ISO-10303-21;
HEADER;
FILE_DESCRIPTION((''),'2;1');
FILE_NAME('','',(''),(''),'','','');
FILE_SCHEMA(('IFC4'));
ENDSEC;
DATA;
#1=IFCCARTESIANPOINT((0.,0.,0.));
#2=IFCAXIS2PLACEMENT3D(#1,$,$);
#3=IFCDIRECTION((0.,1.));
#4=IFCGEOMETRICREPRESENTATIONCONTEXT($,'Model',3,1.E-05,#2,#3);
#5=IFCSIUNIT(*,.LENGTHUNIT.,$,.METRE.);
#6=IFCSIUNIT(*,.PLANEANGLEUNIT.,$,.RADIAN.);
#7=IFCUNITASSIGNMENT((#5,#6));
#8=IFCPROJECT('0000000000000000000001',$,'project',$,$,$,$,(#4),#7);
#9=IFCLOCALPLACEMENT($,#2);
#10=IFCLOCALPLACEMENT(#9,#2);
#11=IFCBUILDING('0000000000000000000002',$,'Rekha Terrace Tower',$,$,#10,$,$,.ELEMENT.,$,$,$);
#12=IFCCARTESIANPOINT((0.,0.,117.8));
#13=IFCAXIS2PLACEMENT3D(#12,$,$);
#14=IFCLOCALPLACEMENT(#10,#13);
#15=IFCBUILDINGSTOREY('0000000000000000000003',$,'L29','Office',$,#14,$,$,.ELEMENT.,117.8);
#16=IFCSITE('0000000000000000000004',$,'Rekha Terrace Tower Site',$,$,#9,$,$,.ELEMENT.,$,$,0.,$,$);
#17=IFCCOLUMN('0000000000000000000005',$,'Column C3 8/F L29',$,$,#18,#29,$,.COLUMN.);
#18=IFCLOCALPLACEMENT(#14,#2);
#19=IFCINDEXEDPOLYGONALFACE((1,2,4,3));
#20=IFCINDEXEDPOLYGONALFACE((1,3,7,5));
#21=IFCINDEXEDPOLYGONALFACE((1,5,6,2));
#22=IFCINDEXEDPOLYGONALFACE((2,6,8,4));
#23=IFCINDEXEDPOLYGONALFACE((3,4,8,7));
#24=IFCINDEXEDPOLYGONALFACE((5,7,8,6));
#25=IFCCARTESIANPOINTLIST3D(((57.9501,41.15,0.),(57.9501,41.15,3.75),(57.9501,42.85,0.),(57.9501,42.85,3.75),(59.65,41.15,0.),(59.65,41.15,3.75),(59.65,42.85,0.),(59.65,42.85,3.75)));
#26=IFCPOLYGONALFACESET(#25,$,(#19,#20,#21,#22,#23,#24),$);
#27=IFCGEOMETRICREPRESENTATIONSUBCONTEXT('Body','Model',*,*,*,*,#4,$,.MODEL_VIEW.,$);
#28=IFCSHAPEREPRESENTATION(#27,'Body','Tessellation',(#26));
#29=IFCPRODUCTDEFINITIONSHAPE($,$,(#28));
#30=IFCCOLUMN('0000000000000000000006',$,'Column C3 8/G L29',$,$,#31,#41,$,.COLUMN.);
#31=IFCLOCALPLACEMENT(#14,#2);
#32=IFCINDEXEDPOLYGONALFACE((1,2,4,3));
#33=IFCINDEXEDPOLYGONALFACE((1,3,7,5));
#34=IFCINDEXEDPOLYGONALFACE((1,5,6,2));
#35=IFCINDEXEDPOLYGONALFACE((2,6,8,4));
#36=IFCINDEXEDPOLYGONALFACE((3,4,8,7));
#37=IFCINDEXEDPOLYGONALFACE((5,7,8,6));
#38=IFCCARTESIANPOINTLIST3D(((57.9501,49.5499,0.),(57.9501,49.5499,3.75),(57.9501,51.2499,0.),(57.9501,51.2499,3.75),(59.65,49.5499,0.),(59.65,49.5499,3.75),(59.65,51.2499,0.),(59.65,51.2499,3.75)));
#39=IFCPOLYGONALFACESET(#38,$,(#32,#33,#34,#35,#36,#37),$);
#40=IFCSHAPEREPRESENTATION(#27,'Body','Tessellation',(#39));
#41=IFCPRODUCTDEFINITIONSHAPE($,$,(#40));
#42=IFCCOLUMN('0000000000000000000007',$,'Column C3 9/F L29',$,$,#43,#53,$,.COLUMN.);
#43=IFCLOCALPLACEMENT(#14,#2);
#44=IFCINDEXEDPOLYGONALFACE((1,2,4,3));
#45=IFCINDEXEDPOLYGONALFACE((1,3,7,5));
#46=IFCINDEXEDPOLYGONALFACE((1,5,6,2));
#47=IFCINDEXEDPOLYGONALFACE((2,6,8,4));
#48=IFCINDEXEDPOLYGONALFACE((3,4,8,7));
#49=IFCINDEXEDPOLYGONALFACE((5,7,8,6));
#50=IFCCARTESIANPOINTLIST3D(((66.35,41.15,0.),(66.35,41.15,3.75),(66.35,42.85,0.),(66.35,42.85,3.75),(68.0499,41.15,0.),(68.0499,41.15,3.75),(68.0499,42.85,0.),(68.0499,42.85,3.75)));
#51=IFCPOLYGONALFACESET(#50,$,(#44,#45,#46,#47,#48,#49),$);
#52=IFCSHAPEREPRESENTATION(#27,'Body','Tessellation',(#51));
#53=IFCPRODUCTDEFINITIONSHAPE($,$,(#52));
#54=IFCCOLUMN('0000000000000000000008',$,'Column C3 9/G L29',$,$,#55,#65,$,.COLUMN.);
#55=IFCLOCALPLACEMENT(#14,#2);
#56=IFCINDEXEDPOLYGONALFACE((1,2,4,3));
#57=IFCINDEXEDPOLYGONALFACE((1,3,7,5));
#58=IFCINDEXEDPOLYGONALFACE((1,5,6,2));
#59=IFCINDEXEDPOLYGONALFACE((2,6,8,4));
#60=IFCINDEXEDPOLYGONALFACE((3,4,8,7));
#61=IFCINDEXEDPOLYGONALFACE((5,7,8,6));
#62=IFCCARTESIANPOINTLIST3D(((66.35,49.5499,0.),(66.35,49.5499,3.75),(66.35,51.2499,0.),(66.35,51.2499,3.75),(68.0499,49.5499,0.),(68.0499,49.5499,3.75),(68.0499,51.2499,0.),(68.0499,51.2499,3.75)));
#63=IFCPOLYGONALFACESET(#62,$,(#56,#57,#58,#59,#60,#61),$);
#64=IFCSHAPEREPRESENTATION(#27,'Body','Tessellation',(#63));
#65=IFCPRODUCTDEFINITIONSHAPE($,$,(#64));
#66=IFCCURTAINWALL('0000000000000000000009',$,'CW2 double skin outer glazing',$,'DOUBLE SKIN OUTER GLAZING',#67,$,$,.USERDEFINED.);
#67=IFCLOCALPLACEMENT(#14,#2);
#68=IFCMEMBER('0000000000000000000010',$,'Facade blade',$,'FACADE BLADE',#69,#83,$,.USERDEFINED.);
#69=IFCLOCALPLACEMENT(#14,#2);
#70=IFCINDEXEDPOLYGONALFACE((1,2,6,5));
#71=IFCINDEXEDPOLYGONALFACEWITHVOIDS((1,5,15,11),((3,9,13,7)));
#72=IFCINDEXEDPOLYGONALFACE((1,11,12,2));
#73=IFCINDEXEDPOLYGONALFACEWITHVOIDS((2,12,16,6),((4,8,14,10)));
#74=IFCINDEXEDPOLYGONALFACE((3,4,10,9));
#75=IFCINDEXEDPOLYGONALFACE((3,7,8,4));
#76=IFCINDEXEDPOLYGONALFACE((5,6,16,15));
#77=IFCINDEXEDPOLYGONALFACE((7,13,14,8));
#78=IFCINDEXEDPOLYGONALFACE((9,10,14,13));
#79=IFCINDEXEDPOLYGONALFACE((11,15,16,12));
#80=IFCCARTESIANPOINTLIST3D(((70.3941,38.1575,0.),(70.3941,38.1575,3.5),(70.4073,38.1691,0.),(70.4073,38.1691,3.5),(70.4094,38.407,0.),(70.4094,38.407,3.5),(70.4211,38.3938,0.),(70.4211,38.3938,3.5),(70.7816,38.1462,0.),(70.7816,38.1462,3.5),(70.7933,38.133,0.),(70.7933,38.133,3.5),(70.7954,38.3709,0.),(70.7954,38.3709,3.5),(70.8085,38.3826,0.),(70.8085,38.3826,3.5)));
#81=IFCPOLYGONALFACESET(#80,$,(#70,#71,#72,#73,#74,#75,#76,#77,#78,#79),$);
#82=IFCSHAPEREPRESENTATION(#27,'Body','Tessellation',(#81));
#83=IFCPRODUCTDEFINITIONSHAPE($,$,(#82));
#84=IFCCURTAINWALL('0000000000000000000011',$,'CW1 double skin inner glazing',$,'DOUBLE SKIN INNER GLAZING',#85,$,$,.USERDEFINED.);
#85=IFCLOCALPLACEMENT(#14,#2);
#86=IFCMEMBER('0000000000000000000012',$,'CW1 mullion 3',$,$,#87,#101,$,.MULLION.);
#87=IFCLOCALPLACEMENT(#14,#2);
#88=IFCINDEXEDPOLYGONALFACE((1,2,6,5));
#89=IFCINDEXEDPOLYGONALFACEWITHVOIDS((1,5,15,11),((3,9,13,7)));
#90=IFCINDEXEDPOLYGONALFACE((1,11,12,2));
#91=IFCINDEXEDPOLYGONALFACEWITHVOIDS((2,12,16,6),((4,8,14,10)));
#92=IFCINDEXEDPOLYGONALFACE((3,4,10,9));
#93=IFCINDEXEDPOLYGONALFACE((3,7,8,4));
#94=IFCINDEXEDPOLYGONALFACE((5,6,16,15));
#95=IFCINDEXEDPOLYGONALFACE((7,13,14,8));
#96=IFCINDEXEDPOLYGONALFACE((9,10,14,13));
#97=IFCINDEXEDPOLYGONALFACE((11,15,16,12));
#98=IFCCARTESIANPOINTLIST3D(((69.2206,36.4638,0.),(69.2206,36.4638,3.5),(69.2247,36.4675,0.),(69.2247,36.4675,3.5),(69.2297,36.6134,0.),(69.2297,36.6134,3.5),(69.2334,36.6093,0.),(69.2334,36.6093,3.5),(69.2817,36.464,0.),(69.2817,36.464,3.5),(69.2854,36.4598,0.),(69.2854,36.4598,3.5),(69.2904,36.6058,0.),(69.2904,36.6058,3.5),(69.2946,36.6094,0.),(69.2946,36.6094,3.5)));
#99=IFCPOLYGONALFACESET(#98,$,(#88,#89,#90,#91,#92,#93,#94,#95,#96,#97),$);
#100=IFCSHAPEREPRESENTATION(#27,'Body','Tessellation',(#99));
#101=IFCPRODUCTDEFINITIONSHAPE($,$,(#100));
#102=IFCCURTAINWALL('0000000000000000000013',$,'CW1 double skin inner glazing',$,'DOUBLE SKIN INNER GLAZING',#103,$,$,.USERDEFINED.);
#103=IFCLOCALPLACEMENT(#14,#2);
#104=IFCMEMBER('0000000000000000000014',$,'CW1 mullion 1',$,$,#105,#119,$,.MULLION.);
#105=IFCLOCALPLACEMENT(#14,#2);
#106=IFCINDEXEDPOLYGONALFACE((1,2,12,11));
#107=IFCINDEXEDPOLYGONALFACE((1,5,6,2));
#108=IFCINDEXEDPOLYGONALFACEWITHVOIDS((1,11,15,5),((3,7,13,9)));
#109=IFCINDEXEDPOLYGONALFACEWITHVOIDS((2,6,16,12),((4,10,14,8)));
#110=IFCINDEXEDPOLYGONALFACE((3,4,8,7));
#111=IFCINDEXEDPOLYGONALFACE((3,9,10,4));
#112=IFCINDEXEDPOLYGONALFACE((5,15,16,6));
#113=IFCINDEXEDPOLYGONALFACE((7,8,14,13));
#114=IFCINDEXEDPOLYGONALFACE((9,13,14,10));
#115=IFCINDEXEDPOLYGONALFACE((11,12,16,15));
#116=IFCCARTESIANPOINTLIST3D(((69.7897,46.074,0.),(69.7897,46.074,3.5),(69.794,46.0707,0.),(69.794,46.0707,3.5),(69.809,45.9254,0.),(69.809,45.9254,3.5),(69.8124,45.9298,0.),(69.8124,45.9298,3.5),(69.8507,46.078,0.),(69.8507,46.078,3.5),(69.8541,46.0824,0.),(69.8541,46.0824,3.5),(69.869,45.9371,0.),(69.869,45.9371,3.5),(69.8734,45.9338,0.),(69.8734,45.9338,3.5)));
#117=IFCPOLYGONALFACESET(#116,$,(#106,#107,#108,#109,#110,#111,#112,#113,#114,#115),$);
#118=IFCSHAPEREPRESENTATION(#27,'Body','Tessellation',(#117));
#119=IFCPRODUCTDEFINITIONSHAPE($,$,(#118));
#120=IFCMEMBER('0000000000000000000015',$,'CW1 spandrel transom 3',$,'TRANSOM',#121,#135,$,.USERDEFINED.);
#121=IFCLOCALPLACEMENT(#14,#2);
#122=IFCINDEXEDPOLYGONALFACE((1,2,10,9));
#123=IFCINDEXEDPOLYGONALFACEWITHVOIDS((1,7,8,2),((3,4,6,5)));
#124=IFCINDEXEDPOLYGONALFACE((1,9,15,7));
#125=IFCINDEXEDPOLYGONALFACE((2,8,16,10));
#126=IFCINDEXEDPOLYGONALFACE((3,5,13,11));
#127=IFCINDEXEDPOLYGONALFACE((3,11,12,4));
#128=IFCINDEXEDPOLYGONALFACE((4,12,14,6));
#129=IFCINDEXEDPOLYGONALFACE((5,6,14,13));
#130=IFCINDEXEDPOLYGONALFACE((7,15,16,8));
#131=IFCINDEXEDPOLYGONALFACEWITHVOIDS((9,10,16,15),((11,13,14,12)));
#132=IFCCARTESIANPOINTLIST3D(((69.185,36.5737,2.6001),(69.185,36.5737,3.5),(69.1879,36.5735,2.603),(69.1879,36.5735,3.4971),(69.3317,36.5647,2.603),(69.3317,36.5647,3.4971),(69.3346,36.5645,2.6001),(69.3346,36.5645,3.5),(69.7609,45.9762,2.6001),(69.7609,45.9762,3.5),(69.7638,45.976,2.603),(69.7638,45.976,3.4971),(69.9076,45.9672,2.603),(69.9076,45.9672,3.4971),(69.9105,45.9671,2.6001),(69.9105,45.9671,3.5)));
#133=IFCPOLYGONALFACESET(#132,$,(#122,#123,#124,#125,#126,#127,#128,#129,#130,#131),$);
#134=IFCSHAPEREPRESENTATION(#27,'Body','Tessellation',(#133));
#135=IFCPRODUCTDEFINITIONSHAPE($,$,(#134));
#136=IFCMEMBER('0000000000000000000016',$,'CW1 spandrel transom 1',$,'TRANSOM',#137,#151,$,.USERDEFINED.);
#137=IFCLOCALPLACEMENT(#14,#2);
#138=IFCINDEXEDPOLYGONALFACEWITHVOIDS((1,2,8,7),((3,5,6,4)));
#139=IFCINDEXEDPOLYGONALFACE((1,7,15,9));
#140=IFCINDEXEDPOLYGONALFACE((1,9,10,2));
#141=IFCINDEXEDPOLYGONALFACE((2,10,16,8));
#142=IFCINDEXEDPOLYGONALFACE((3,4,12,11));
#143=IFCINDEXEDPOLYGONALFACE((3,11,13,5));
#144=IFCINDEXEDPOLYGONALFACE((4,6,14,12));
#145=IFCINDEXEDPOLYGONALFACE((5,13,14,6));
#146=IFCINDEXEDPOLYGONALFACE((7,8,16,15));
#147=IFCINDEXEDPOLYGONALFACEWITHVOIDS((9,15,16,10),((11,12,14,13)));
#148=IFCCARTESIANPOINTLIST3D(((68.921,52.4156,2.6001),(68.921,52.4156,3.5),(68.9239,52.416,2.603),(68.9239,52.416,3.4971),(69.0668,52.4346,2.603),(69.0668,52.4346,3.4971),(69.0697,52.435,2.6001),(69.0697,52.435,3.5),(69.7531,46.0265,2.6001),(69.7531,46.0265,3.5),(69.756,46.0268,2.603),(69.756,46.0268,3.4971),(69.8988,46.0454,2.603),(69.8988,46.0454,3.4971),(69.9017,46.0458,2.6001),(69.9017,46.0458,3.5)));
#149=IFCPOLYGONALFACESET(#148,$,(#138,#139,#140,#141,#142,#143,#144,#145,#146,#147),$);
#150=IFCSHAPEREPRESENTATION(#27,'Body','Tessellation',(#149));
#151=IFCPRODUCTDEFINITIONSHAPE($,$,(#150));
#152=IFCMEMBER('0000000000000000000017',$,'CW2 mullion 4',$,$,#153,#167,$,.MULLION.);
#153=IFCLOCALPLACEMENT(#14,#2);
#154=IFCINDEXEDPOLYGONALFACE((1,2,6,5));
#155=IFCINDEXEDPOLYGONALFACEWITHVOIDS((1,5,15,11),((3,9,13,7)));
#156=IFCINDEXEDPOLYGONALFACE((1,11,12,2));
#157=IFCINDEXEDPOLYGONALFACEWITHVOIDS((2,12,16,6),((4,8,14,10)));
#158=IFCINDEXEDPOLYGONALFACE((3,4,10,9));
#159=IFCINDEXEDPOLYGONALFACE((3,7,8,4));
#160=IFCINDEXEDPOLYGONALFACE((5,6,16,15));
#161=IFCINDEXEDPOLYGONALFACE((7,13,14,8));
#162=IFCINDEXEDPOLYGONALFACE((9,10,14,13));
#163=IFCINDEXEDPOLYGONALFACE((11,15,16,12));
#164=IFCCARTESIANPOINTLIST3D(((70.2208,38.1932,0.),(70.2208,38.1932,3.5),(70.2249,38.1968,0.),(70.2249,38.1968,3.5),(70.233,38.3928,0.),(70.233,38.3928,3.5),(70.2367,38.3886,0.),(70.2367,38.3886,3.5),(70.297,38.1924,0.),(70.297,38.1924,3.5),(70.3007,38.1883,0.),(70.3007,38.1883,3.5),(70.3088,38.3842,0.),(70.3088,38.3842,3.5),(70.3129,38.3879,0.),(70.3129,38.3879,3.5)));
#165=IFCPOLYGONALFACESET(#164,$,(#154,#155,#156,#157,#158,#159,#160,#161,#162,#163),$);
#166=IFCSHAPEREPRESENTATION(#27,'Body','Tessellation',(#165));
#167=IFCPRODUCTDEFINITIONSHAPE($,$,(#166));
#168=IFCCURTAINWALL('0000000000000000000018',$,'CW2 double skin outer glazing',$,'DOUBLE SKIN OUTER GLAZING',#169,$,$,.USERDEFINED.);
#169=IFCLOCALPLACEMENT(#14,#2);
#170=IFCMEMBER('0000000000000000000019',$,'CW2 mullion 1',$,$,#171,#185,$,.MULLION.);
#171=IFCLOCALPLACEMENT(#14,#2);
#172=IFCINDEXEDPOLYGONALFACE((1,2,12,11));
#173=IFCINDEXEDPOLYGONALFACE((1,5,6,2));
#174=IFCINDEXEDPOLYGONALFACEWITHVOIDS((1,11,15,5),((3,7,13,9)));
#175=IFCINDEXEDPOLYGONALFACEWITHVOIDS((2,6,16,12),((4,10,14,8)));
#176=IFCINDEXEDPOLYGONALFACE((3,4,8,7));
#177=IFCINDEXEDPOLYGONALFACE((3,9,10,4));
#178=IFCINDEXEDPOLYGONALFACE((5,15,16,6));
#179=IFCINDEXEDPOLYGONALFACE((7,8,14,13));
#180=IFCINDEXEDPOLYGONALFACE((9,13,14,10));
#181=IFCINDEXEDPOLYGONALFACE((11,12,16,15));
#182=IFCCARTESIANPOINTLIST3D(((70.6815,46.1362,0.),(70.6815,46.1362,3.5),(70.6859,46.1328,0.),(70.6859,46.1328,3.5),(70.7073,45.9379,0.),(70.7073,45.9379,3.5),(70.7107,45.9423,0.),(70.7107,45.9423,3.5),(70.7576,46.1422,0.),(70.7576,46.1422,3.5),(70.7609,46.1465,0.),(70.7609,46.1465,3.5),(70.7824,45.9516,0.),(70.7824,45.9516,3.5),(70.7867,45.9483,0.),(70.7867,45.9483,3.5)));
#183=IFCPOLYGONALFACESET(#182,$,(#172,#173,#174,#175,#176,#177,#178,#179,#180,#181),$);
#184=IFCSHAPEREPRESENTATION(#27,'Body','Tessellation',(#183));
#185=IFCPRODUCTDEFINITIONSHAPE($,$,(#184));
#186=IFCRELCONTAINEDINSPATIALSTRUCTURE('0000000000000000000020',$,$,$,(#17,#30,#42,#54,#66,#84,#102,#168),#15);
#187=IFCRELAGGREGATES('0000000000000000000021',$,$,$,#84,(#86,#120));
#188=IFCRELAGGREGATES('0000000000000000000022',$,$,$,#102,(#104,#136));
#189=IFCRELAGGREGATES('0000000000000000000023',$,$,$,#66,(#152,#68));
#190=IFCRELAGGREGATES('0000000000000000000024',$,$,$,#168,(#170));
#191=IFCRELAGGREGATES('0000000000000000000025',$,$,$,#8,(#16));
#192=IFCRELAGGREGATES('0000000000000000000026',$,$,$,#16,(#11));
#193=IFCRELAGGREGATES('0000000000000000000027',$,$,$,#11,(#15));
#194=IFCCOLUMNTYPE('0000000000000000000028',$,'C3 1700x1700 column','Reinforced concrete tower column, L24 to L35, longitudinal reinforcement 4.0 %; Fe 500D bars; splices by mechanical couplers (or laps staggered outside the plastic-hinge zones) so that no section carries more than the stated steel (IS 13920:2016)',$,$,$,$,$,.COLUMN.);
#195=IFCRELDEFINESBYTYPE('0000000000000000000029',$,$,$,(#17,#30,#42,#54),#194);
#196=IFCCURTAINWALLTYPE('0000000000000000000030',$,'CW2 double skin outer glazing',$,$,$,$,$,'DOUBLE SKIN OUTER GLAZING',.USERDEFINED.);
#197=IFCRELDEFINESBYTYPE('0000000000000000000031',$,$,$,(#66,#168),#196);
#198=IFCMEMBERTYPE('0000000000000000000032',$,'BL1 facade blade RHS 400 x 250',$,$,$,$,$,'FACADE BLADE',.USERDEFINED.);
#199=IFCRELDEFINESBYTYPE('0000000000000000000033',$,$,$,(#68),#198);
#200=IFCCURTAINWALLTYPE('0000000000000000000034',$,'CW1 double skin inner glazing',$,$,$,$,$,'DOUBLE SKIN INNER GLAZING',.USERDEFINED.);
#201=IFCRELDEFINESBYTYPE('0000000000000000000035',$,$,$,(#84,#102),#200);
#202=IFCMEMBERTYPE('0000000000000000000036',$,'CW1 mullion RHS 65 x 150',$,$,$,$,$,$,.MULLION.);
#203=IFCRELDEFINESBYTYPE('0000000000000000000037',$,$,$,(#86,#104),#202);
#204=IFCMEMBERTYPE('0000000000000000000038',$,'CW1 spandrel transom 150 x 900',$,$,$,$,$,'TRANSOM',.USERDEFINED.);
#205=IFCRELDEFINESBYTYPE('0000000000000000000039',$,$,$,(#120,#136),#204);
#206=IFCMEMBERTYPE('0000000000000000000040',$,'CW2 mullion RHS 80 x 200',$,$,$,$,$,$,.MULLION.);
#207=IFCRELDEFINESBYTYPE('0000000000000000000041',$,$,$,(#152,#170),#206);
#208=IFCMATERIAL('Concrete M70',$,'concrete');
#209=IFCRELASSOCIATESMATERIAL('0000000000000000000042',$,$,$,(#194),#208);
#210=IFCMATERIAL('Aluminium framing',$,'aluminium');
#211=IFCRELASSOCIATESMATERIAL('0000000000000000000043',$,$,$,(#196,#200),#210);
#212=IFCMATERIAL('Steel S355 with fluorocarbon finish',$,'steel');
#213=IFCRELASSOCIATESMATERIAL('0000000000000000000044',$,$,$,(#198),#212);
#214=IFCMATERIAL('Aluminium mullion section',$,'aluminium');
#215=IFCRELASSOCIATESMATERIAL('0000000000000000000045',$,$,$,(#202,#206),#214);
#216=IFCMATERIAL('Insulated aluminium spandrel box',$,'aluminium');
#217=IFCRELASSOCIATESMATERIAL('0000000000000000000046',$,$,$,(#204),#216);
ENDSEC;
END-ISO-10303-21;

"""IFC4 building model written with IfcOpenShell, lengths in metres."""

from ifc_helpers import new_model, si_unit, direction, frame, origin, origin_2d, place, context, subcontext, project, spatial, rectangle, hollow_rectangle, extrude, material, material_profile, profile_set, type_object, element, aggregate, save


model = new_model("IFC4")

# Units and contexts
model_context = context("Model", 3, precision=1e-05, world=origin(), true_north=direction((0.0, 1.0)))
body_context = subcontext(model_context, "Body", "Model", "MODEL_VIEW")
ifc_project = project(units=[si_unit("LENGTHUNIT", "METRE"), si_unit("PLANEANGLEUNIT", "RADIAN")], contexts=[model_context])

# Site, building, storey
site_placement = place(None, origin())
site = spatial("IfcSite", under=ifc_project, at=site_placement, Name="Rekha Terrace Tower Site", CompositionType="ELEMENT", RefElevation=0.0)
building_placement = place(site_placement, origin())
building = spatial("IfcBuilding", under=site, at=building_placement, Name="Rekha Terrace Tower", CompositionType="ELEMENT")
storey_placement = place(building_placement, frame((0.0, 0.0, 117.8)))
storey = spatial("IfcBuildingStorey", under=building, at=storey_placement, Name="L29", Description="Office", CompositionType="ELEMENT", Elevation=117.8)

# Columns
ifc_material_1 = material(Name="Concrete M70", Category="concrete")
ifc_material_profile_1 = material_profile(ifc_material_1, rectangle(XDim=1.7, YDim=1.7, at=origin_2d()), Name="RC 1700x1700")
ifc_profile_set_1 = profile_set([ifc_material_profile_1], Name="Concrete M70")
column_type = type_object("IfcColumnType", Name="C3 1700x1700 column", Description="Reinforced concrete tower column, L24 to L35, longitudinal reinforcement 4.0 %; Fe 500D bars; splices by mechanical couplers (or laps staggered outside the plastic-hinge zones) so that no section carries more than the stated steel (IS 13920:2016)", PredefinedType="COLUMN", material=ifc_profile_set_1)
for number, where, z_axis, x_axis, name in (
    (1, (58.8, 42.0, 0.0), (0.0, 0.0, 1.0), (1.0, 0.0, 0.0), "Column C3 8/F L29"),
    (2, (58.8, 50.3999, 0.0), (0.0, 0.0, 1.0), (1.0, 0.0, 0.0), "Column C3 8/G L29"),
    (3, (67.2, 42.0, 0.0), (0.0, 0.0, 1.0), (1.0, 0.0, 0.0), "Column C3 9/F L29"),
    (4, (67.2, 50.3999, 0.0), (0.0, 0.0, 1.0), (1.0, 0.0, 0.0), "Column C3 9/G L29"),
):
    element("IfcColumn", number, at=place(storey_placement, frame(where, z_axis=z_axis, x_axis=x_axis)), inside=storey, type_object=column_type, Name=name, PredefinedType="COLUMN", context=body_context, shape_type="SweptSolid", body=[
        extrude(rectangle(XDim=1.7, YDim=1.7, at=origin_2d()), origin(), (0.0, 0.0, 1.0), 3.75),
    ])

# Curtain walls, members
ifc_material_2 = material(Name="Aluminium framing", Category="aluminium")
curtain_wall_type_1 = type_object("IfcCurtainWallType", Name="CW2 double skin outer glazing", ElementType="DOUBLE SKIN OUTER GLAZING", PredefinedType="USERDEFINED", material=ifc_material_2)
curtain_wall_1_placement = place(storey_placement, origin())
curtain_wall_1 = element("IfcCurtainWall", 5, at=curtain_wall_1_placement, inside=storey, type_object=curtain_wall_type_1, Name="CW2 double skin outer glazing", ObjectType="DOUBLE SKIN OUTER GLAZING", PredefinedType="USERDEFINED")
ifc_material_3 = material(Name="Steel S355 with fluorocarbon finish", Category="steel")
ifc_material_profile_2 = material_profile(ifc_material_3, hollow_rectangle(XDim=0.25, YDim=0.3999, WallThickness=0.0125, at=origin_2d()), Name="RHS400x250x12.5")
ifc_profile_set_2 = profile_set([ifc_material_profile_2], Name="Steel S355 with fluorocarbon finish")
member_type_1 = type_object("IfcMemberType", Name="BL1 facade blade RHS 400 x 250", ElementType="FACADE BLADE", PredefinedType="USERDEFINED", material=ifc_profile_set_2)
member_1_placement = place(storey_placement, frame((70.6013, 38.27, 0.0), z_axis=(0.0, 0.0, 1.0), x_axis=(0.06116, 0.998128, 0.0)))
member_1 = element("IfcMember", 6, at=member_1_placement, type_object=member_type_1, Name="Facade blade", ObjectType="FACADE BLADE", PredefinedType="USERDEFINED", context=body_context, shape_type="SweptSolid", body=[
    extrude(hollow_rectangle(XDim=0.25, YDim=0.3999, WallThickness=0.0125, at=origin_2d()), origin(), (0.0, 0.0, 1.0), 3.5),
])
curtain_wall_type_2 = type_object("IfcCurtainWallType", Name="CW1 double skin inner glazing", ElementType="DOUBLE SKIN INNER GLAZING", PredefinedType="USERDEFINED", material=ifc_material_2)
curtain_wall_2_placement = place(storey_placement, origin())
curtain_wall_2 = element("IfcCurtainWall", 7, at=curtain_wall_2_placement, inside=storey, type_object=curtain_wall_type_2, Name="CW1 double skin inner glazing", ObjectType="DOUBLE SKIN INNER GLAZING", PredefinedType="USERDEFINED")
ifc_material_4 = material(Name="Aluminium mullion section", Category="aluminium")
ifc_material_profile_3 = material_profile(ifc_material_4, hollow_rectangle(XDim=0.0649, YDim=0.1499, WallThickness=0.0039, at=origin_2d()), Name="AL RHS 65x150")
ifc_profile_set_3 = profile_set([ifc_material_profile_3], Name="Aluminium mullion section")
member_type_2 = type_object("IfcMemberType", Name="CW1 mullion RHS 65 x 150", PredefinedType="MULLION", material=ifc_profile_set_3)
member_2_placement = place(storey_placement, frame((69.2576, 36.5366, 0.0), z_axis=(0.0, 0.0, 1.0), x_axis=(-0.998128, 0.06116, 0.0)))
member_2 = element("IfcMember", 8, at=member_2_placement, type_object=member_type_2, Name="CW1 mullion 3", PredefinedType="MULLION", context=body_context, shape_type="SweptSolid", body=[
    extrude(hollow_rectangle(XDim=0.0649, YDim=0.1499, WallThickness=0.0039, at=origin_2d()), origin(), (0.0, 0.0, 1.0), 3.5),
])
curtain_wall_3_placement = place(storey_placement, origin())
curtain_wall_3 = element("IfcCurtainWall", 9, at=curtain_wall_3_placement, inside=storey, type_object=curtain_wall_type_2, Name="CW1 double skin inner glazing", ObjectType="DOUBLE SKIN INNER GLAZING", PredefinedType="USERDEFINED")
member_3_placement = place(storey_placement, frame((69.8315, 46.0039, 0.0), z_axis=(0.0, 0.0, 1.0), x_axis=(-0.991629, -0.129118, 0.0)))
member_3 = element("IfcMember", 10, at=member_3_placement, type_object=member_type_2, Name="CW1 mullion 1", PredefinedType="MULLION", context=body_context, shape_type="SweptSolid", body=[
    extrude(hollow_rectangle(XDim=0.0649, YDim=0.1499, WallThickness=0.0039, at=origin_2d()), origin(), (0.0, 0.0, 1.0), 3.5),
])

# Members
ifc_material_5 = material(Name="Insulated aluminium spandrel box", Category="aluminium")
ifc_material_profile_4 = material_profile(ifc_material_5, hollow_rectangle(XDim=0.1499, YDim=0.8999, WallThickness=0.0029, at=origin_2d()), Name="AL SPANDREL BOX 150x900")
ifc_profile_set_4 = profile_set([ifc_material_profile_4], Name="Insulated aluminium spandrel box")
member_type_3 = type_object("IfcMemberType", Name="CW1 spandrel transom 150 x 900", ElementType="TRANSOM", PredefinedType="USERDEFINED", material=ifc_profile_set_4)
member_4_placement = place(storey_placement, frame((69.2598, 36.5691, 3.05), z_axis=(0.061137, 0.998129, 0.0), x_axis=(-0.998129, 0.061137, 0.0)))
member_4 = element("IfcMember", 11, at=member_4_placement, type_object=member_type_3, Name="CW1 spandrel transom 3", ObjectType="TRANSOM", PredefinedType="USERDEFINED", context=body_context, shape_type="SweptSolid", body=[
    extrude(hollow_rectangle(XDim=0.1499, YDim=0.8999, WallThickness=0.0029, at=origin_2d()), origin(), (0.0, 0.0, 1.0), 9.4202),
])
member_5_placement = place(storey_placement, frame((69.8274, 46.0361, 3.05), z_axis=(-0.129135, 0.991627, 0.0), x_axis=(-0.991627, -0.129135, 0.0)))
member_5 = element("IfcMember", 12, at=member_5_placement, type_object=member_type_3, Name="CW1 spandrel transom 1", ObjectType="TRANSOM", PredefinedType="USERDEFINED", context=body_context, shape_type="SweptSolid", body=[
    extrude(hollow_rectangle(XDim=0.1499, YDim=0.8999, WallThickness=0.0029, at=origin_2d()), origin(), (0.0, 0.0, 1.0), 6.4431),
])
ifc_material_profile_5 = material_profile(ifc_material_4, hollow_rectangle(XDim=0.0801, YDim=0.2, WallThickness=0.0039, at=origin_2d()), Name="AL RHS 80x200")
ifc_profile_set_5 = profile_set([ifc_material_profile_5], Name="Aluminium mullion section")
member_type_4 = type_object("IfcMemberType", Name="CW2 mullion RHS 80 x 200", PredefinedType="MULLION", material=ifc_profile_set_5)
member_6_placement = place(storey_placement, frame((70.2668, 38.2905, 0.0), z_axis=(0.0, 0.0, 1.0), x_axis=(-0.998128, 0.06116, 0.0)))
member_6 = element("IfcMember", 13, at=member_6_placement, type_object=member_type_4, Name="CW2 mullion 4", PredefinedType="MULLION", context=body_context, shape_type="SweptSolid", body=[
    extrude(hollow_rectangle(XDim=0.0801, YDim=0.2, WallThickness=0.0039, at=origin_2d()), origin(), (0.0, 0.0, 1.0), 3.5),
])

# Curtain wall, member
curtain_wall_4_placement = place(storey_placement, origin())
curtain_wall_4 = element("IfcCurtainWall", 14, at=curtain_wall_4_placement, inside=storey, type_object=curtain_wall_type_1, Name="CW2 double skin outer glazing", ObjectType="DOUBLE SKIN OUTER GLAZING", PredefinedType="USERDEFINED")
member_7_placement = place(storey_placement, frame((70.7341, 46.0422, 0.0), z_axis=(0.0, 0.0, 1.0), x_axis=(-0.991629, -0.129118, 0.0)))
member_7 = element("IfcMember", 15, at=member_7_placement, type_object=member_type_4, Name="CW2 mullion 1", PredefinedType="MULLION", context=body_context, shape_type="SweptSolid", body=[
    extrude(hollow_rectangle(XDim=0.0801, YDim=0.2, WallThickness=0.0039, at=origin_2d()), origin(), (0.0, 0.0, 1.0), 3.5),
])

aggregate(curtain_wall_2, [member_2, member_4])
aggregate(curtain_wall_3, [member_3, member_5])
aggregate(curtain_wall_1, [member_6, member_1])
aggregate(curtain_wall_4, [member_7])

save(model, "model.ifc")
